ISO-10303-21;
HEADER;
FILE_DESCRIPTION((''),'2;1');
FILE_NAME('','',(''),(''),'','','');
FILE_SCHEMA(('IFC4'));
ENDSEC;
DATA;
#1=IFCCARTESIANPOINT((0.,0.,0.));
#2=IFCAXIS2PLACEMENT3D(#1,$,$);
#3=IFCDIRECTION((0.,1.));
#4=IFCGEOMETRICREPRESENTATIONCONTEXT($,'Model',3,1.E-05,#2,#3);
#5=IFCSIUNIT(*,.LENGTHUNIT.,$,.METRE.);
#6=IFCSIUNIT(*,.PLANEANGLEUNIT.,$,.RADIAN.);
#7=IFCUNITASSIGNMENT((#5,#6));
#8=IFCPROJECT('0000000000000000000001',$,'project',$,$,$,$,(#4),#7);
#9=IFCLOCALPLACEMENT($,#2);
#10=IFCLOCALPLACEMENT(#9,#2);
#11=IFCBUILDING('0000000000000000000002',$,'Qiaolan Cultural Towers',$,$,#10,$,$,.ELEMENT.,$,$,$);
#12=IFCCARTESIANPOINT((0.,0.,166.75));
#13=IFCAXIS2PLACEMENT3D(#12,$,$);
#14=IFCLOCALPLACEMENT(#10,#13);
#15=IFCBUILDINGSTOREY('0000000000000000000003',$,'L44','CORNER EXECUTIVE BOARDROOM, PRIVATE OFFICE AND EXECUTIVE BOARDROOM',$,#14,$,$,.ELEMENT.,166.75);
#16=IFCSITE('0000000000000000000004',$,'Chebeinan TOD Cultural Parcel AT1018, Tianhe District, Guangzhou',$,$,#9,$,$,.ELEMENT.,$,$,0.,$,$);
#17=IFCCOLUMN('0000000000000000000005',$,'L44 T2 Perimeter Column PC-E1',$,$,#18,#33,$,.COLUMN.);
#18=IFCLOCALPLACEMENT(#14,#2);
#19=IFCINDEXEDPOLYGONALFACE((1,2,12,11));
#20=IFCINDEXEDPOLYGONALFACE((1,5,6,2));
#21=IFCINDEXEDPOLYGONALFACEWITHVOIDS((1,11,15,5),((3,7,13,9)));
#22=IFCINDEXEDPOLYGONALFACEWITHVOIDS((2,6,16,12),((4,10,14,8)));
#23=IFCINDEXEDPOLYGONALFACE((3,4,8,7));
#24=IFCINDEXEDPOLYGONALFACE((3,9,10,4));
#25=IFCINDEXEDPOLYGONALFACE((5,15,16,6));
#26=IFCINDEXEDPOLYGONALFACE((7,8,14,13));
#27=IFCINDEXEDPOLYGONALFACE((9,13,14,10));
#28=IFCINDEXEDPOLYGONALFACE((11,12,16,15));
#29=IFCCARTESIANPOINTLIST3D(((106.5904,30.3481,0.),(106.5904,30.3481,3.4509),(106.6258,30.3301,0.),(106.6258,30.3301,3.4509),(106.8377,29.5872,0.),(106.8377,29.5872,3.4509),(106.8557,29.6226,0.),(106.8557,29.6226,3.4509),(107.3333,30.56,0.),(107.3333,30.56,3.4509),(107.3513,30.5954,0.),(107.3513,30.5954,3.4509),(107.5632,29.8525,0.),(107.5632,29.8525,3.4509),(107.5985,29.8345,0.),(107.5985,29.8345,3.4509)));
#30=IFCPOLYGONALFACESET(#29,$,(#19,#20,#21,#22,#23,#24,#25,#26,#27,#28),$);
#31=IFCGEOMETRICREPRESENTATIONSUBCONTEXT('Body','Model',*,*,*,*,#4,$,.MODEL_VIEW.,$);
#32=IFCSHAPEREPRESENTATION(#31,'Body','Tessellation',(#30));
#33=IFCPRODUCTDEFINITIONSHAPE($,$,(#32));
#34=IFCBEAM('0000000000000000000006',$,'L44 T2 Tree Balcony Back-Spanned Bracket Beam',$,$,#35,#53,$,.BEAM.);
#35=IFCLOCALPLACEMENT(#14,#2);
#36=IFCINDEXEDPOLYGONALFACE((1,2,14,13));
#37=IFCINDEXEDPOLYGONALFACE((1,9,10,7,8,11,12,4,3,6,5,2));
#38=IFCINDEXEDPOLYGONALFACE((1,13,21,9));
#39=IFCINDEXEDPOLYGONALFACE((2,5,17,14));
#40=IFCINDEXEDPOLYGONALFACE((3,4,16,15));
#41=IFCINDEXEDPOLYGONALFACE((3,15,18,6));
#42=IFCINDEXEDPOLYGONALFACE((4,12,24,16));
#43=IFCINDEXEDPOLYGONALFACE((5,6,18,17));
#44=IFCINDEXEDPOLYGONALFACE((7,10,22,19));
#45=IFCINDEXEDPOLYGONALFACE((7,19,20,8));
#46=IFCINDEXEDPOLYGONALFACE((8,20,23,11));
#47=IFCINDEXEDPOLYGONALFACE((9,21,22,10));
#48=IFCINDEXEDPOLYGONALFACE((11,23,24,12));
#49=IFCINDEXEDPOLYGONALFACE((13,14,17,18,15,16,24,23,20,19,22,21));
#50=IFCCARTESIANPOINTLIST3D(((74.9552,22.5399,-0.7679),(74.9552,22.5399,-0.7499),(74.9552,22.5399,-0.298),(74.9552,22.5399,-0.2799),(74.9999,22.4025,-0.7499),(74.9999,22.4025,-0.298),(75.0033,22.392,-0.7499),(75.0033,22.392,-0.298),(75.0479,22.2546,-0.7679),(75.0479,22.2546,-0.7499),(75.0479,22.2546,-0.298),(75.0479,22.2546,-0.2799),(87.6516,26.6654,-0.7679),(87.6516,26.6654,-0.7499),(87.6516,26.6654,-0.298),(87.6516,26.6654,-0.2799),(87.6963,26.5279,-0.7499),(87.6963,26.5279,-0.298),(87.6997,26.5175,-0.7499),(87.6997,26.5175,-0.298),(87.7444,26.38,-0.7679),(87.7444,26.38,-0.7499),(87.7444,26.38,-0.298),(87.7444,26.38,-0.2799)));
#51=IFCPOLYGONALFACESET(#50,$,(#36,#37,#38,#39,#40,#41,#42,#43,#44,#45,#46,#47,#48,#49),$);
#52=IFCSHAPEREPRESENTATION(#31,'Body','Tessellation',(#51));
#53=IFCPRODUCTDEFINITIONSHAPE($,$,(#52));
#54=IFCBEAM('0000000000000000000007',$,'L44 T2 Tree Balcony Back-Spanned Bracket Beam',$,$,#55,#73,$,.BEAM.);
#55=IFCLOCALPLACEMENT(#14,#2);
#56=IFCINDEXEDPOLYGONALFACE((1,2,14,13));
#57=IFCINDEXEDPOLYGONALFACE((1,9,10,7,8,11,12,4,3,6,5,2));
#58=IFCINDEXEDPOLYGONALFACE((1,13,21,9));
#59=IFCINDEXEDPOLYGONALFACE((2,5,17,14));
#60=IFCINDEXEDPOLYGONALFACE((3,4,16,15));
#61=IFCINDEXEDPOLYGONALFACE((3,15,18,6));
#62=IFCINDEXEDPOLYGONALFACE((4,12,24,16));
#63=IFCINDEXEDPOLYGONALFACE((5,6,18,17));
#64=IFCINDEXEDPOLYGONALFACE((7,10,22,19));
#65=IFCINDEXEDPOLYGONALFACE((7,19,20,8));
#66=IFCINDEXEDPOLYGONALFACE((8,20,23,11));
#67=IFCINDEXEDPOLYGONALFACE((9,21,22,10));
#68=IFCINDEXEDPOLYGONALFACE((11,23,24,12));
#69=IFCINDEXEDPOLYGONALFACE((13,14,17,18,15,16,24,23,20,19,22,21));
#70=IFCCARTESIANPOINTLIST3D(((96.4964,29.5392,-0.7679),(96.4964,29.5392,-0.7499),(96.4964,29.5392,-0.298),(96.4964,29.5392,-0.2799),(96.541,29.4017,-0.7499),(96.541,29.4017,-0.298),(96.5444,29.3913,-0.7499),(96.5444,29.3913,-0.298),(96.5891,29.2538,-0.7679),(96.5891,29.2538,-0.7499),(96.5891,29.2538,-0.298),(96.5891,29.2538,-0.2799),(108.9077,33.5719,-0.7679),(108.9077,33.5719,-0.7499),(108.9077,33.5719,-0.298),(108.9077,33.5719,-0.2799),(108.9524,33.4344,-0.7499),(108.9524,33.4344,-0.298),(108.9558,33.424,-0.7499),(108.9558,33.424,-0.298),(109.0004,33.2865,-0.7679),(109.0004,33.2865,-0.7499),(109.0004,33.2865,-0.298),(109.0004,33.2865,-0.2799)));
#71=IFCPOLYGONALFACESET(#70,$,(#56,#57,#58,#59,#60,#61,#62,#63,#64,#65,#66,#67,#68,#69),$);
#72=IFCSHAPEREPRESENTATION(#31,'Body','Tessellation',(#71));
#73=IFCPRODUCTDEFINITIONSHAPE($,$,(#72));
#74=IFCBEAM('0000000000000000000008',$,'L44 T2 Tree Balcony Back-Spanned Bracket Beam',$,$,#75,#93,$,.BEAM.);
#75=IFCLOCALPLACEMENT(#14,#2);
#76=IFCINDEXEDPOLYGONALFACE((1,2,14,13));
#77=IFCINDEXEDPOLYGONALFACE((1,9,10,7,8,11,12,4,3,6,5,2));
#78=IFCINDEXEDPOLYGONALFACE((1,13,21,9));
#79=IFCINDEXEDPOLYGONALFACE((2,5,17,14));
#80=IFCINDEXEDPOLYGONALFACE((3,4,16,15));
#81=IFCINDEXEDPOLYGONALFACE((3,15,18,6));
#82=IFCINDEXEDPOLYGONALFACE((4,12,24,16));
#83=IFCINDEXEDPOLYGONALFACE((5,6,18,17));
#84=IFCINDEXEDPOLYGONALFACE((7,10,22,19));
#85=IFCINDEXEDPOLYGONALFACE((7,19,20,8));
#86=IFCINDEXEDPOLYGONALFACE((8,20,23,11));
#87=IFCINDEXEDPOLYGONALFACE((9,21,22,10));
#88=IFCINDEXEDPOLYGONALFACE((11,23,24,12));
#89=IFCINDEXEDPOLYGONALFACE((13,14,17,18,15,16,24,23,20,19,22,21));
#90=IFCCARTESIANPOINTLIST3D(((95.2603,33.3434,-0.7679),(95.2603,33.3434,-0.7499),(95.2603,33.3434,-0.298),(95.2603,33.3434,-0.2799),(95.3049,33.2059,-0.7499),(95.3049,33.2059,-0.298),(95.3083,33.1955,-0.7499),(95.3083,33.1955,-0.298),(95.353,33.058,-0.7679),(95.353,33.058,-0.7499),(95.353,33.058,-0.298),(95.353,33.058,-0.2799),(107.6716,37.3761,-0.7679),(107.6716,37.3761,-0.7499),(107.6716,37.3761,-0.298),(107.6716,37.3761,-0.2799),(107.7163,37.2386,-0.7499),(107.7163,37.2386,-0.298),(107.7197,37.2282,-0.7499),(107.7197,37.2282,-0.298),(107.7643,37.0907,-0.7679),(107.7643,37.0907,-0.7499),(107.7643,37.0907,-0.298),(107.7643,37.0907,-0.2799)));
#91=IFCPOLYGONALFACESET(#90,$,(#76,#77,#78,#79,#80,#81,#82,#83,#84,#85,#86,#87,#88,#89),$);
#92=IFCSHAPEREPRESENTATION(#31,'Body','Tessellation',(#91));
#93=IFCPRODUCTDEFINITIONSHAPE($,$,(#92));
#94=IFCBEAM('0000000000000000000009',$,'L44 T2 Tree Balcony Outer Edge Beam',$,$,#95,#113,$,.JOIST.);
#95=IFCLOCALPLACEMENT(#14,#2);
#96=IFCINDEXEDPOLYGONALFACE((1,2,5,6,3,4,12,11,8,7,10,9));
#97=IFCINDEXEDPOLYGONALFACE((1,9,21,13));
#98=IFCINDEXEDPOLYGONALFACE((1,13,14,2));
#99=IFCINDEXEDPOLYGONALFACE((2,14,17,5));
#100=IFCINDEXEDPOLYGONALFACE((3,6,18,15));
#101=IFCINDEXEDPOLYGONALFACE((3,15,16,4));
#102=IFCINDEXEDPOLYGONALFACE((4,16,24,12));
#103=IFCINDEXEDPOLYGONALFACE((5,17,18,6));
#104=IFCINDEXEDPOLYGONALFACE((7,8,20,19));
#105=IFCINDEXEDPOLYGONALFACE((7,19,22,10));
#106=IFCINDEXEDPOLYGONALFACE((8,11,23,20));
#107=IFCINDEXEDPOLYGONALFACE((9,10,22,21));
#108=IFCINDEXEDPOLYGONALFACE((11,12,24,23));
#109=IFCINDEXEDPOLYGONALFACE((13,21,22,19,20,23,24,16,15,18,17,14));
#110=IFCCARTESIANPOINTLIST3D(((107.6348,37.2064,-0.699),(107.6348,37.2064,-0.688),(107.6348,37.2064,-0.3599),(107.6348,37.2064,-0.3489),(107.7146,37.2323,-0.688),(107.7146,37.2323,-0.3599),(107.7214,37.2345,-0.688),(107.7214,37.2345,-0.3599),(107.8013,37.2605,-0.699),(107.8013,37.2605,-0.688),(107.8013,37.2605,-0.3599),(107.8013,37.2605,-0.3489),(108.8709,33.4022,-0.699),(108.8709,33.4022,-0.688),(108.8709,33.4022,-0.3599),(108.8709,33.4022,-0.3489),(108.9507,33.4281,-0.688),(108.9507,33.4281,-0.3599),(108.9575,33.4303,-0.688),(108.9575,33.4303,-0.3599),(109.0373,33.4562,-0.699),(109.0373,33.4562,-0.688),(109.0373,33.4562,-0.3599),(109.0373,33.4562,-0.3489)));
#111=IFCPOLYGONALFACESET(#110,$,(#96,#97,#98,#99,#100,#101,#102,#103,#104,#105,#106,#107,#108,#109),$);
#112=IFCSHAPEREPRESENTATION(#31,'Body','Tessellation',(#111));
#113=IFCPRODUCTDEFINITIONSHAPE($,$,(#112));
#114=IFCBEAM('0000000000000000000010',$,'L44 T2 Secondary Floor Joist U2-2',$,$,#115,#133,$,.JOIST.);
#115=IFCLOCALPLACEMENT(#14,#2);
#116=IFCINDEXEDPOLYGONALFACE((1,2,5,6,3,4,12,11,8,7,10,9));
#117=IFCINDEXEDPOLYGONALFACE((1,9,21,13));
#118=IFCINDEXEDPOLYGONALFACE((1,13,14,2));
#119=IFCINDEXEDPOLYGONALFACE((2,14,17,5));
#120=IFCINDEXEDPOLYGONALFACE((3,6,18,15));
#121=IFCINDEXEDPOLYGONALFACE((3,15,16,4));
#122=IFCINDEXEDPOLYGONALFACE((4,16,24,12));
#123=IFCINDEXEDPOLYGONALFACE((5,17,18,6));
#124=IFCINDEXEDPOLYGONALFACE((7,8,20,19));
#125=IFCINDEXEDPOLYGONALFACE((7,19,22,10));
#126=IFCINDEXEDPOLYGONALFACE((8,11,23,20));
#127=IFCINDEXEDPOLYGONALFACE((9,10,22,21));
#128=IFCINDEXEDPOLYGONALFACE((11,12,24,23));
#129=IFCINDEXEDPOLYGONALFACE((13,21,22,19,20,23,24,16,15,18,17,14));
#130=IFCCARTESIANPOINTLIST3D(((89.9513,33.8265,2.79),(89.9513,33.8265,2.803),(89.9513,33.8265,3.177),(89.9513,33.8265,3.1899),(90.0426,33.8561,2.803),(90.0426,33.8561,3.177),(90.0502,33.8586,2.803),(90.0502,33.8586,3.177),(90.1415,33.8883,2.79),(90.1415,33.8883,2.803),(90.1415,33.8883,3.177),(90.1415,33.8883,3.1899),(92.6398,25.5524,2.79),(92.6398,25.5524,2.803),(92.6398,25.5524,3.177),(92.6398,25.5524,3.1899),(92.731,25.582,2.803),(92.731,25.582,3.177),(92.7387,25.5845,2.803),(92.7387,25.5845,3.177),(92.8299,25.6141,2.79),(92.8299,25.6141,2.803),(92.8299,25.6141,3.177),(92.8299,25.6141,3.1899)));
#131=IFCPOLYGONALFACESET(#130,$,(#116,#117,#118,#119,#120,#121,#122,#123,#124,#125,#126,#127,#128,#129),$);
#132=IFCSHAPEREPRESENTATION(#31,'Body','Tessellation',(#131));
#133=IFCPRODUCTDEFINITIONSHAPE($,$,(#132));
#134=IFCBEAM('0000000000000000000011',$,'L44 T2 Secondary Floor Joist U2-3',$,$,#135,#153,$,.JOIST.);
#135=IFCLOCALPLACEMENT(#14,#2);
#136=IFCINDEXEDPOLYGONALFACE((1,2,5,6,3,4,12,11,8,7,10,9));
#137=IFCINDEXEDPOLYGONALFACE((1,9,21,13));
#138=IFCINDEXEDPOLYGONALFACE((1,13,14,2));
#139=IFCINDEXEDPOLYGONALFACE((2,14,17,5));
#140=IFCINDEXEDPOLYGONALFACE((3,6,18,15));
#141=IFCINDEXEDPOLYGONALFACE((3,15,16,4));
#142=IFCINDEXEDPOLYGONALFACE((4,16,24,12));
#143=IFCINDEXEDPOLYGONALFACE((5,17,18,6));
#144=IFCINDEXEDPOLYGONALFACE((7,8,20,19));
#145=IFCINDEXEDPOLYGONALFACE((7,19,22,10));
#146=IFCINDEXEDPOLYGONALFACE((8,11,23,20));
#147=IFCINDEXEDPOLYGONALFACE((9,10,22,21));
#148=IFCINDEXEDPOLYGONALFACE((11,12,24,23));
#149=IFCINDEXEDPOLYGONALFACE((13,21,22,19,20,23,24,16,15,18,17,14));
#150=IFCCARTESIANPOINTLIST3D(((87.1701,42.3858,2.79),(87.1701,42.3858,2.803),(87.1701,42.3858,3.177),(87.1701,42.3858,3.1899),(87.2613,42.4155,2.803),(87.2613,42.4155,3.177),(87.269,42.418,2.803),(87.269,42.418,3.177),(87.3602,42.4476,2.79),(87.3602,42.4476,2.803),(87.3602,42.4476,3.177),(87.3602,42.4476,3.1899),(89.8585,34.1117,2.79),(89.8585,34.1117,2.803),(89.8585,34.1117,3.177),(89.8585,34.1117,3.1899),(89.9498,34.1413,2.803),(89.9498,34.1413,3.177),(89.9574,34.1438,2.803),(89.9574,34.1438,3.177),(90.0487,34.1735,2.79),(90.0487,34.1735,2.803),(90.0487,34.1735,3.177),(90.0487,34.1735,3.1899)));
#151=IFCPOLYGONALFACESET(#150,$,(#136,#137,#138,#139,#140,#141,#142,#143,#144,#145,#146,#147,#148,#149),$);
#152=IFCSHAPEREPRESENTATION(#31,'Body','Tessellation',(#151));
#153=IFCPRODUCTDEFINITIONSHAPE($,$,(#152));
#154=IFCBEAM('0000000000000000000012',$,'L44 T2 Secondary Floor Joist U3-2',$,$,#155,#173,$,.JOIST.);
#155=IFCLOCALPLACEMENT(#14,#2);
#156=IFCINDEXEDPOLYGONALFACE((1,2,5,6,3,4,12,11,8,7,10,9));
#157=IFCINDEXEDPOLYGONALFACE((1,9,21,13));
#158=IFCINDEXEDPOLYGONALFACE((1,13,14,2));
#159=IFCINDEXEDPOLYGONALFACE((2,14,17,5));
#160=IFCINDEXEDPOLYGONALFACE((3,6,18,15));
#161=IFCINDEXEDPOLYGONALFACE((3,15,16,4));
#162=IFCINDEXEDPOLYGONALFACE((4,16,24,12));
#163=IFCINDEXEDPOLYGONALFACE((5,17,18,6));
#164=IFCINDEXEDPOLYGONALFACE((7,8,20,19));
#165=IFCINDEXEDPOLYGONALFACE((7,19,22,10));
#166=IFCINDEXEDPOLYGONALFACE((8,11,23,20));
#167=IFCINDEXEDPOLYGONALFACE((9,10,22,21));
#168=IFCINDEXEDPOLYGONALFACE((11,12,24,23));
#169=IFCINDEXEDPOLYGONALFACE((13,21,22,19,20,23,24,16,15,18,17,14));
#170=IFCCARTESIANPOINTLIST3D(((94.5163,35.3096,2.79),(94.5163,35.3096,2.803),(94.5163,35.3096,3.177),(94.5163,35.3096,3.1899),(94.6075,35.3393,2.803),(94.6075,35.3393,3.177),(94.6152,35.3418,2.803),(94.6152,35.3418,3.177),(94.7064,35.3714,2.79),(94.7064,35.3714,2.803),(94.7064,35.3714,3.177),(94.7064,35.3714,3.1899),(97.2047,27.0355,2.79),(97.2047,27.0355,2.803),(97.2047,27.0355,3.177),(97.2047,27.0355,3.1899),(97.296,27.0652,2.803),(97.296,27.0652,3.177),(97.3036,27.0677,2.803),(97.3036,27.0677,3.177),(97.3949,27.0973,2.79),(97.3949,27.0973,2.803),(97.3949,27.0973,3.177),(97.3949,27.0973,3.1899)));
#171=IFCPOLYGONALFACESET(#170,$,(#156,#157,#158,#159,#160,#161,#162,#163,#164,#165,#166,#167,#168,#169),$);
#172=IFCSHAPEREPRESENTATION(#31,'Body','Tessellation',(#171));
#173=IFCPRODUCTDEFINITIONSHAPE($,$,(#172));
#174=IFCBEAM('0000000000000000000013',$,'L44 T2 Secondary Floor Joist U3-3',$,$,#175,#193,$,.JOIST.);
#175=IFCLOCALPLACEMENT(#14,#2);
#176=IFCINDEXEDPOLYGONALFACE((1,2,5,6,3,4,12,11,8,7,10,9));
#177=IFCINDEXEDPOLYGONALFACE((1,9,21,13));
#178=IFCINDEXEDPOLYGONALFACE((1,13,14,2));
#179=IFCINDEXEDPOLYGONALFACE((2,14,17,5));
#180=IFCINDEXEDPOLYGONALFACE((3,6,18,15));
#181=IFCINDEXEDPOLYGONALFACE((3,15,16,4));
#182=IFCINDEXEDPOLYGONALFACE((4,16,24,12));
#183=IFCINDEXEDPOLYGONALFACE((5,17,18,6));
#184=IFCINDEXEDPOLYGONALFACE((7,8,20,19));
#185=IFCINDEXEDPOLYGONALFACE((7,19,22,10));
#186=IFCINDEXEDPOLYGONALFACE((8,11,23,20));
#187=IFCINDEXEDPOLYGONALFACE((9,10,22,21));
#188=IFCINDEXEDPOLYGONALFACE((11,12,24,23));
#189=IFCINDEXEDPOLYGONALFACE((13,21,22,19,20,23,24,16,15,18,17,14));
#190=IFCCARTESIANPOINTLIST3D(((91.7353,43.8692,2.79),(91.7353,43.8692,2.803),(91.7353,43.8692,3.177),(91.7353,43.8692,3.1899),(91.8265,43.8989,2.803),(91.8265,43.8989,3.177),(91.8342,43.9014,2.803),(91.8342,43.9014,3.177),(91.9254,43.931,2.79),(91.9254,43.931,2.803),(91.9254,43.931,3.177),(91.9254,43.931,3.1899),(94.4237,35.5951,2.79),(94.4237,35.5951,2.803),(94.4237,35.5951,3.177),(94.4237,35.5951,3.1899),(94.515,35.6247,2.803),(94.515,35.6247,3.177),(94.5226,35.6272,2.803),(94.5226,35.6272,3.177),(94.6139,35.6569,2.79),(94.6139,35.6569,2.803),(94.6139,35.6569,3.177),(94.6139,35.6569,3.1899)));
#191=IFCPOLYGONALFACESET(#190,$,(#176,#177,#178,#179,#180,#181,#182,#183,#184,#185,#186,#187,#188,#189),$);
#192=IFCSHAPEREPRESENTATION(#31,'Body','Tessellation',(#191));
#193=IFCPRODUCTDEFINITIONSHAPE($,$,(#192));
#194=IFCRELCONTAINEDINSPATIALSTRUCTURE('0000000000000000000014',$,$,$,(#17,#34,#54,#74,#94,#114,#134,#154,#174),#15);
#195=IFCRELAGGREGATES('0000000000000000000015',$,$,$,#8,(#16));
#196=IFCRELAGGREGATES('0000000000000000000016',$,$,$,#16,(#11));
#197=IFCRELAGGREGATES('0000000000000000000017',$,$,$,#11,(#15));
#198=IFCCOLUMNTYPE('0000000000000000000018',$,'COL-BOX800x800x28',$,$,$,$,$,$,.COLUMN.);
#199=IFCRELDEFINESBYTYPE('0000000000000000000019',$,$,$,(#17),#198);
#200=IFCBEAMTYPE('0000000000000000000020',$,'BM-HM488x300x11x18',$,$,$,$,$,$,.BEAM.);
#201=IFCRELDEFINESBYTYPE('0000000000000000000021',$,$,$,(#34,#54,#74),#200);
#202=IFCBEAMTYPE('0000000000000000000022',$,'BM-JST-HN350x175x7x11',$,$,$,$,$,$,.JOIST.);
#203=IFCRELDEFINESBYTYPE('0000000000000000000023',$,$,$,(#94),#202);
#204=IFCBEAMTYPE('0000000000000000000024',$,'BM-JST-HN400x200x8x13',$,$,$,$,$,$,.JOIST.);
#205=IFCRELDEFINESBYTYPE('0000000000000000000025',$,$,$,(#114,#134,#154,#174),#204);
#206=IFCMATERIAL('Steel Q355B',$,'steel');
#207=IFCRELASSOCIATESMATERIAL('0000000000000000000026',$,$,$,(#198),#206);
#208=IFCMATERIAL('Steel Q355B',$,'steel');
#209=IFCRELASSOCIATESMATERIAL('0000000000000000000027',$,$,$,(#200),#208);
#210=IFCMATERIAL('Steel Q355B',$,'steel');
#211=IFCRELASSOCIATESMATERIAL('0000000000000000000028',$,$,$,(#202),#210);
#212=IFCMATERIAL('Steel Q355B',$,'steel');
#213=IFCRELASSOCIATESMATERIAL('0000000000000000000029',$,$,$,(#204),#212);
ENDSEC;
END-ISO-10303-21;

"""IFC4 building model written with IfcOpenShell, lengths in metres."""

from ifc_helpers import new_model, si_unit, direction, frame, origin, origin_2d, place, context, subcontext, project, spatial, hollow_rectangle, i_section, extrude, material, material_profile, profile_set, type_object, element, save


model = new_model("IFC4")

# Units and contexts
model_context = context("Model", 3, precision=1e-05, world=origin(), true_north=direction((0.0, 1.0)))
body_context = subcontext(model_context, "Body", "Model", "MODEL_VIEW")
ifc_project = project(units=[si_unit("LENGTHUNIT", "METRE"), si_unit("PLANEANGLEUNIT", "RADIAN")], contexts=[model_context])

# Site, building, storey
site_placement = place(None, origin())
site = spatial("IfcSite", under=ifc_project, at=site_placement, Name="Chebeinan TOD Cultural Parcel AT1018, Tianhe District, Guangzhou", CompositionType="ELEMENT", RefElevation=0.0)
building_placement = place(site_placement, origin())
building = spatial("IfcBuilding", under=site, at=building_placement, Name="Qiaolan Cultural Towers", CompositionType="ELEMENT")
storey_placement = place(building_placement, frame((0.0, 0.0, 166.75)))
storey = spatial("IfcBuildingStorey", under=building, at=storey_placement, Name="L44", Description="CORNER EXECUTIVE BOARDROOM, PRIVATE OFFICE AND EXECUTIVE BOARDROOM", CompositionType="ELEMENT", Elevation=166.75)

# Column
ifc_material_1 = material(Name="Steel Q355B", Category="steel")
ifc_material_profile_1 = material_profile(ifc_material_1, hollow_rectangle(XDim=0.8, YDim=0.8, WallThickness=0.0281, at=origin_2d()), Name="BOX800x800x28")
ifc_profile_set_1 = profile_set([ifc_material_profile_1], Name="Steel Q355B")
column_type = type_object("IfcColumnType", Name="COL-BOX800x800x28", PredefinedType="COLUMN", material=ifc_profile_set_1)
column_placement = place(storey_placement, frame((107.0945, 30.0913, 0.0), z_axis=(0.0, 0.0, 1.0), x_axis=(0.951057, 0.309017, 0.0)))
element("IfcColumn", 1, at=column_placement, inside=storey, type_object=column_type, Name="L44 T2 Perimeter Column PC-E1", PredefinedType="COLUMN", context=body_context, shape_type="SweptSolid", body=[
    extrude(hollow_rectangle(XDim=0.8, YDim=0.8, WallThickness=0.0281, at=origin_2d()), origin(), (0.0, 0.0, 1.0), 3.4509),
])

# Beams
ifc_material_2 = material(Name="Steel Q355B", Category="steel")
ifc_material_profile_2 = material_profile(ifc_material_2, i_section(OverallWidth=0.3, OverallDepth=0.488, WebThickness=0.011, FlangeThickness=0.0181, at=origin_2d()), Name="HM488x300x11x18")
ifc_profile_set_2 = profile_set([ifc_material_profile_2], Name="Steel Q355B")
beam_type_1 = type_object("IfcBeamType", Name="BM-HM488x300x11x18", PredefinedType="BEAM", material=ifc_profile_set_2)
beam_1_placement = place(storey_placement, frame((87.698, 26.5227, -0.5239), z_axis=(-0.951054, -0.309026, 0.0), x_axis=(0.309026, -0.951054, 0.0)))
element("IfcBeam", 2, at=beam_1_placement, inside=storey, type_object=beam_type_1, Name="L44 T2 Tree Balcony Back-Spanned Bracket Beam", PredefinedType="BEAM", context=body_context, shape_type="SweptSolid", body=[
    extrude(i_section(OverallWidth=0.3, OverallDepth=0.488, WebThickness=0.011, FlangeThickness=0.0181, at=origin_2d()), origin(), (0.0, 0.0, 1.0), 13.3499),
])
for number, where, z_axis, x_axis, name in (
    (3, (96.5427, 29.3965, -0.5239), (0.951056, 0.309018, 0.0), (-0.309018, 0.951056, 0.0), "L44 T2 Tree Balcony Back-Spanned Bracket Beam"),
    (4, (95.3066, 33.2007, -0.5239), (0.951056, 0.309018, 0.0), (-0.309018, 0.951056, 0.0), "L44 T2 Tree Balcony Back-Spanned Bracket Beam"),
):
    element("IfcBeam", number, at=place(storey_placement, frame(where, z_axis=z_axis, x_axis=x_axis)), inside=storey, type_object=beam_type_1, Name=name, PredefinedType="BEAM", context=body_context, shape_type="SweptSolid", body=[
        extrude(i_section(OverallWidth=0.3, OverallDepth=0.488, WebThickness=0.011, FlangeThickness=0.0181, at=origin_2d()), origin(), (0.0, 0.0, 1.0), 13.05),
    ])
ifc_material_3 = material(Name="Steel Q355B", Category="steel")
ifc_material_profile_3 = material_profile(ifc_material_3, i_section(OverallWidth=0.175, OverallDepth=0.3501, WebThickness=0.0071, FlangeThickness=0.011, at=origin_2d()), Name="HN350x175x7x11")
ifc_profile_set_3 = profile_set([ifc_material_profile_3], Name="Steel Q355B")
beam_type_2 = type_object("IfcBeamType", Name="BM-JST-HN350x175x7x11", PredefinedType="JOIST", material=ifc_profile_set_3)
beam_2_placement = place(storey_placement, frame((108.9541, 33.4292, -0.5239), z_axis=(-0.309023, 0.951055, 0.0), x_axis=(-0.951055, -0.309023, 0.0)))
element("IfcBeam", 5, at=beam_2_placement, inside=storey, type_object=beam_type_2, Name="L44 T2 Tree Balcony Outer Edge Beam", PredefinedType="JOIST", context=body_context, shape_type="SweptSolid", body=[
    extrude(i_section(OverallWidth=0.175, OverallDepth=0.3501, WebThickness=0.0071, FlangeThickness=0.011, at=origin_2d()), origin(), (0.0, 0.0, 1.0), 4.0),
])
ifc_material_4 = material(Name="Steel Q355B", Category="steel")
ifc_material_profile_4 = material_profile(ifc_material_4, i_section(OverallWidth=0.2, OverallDepth=0.3999, WebThickness=0.0081, FlangeThickness=0.0129, at=origin_2d()), Name="HN400x200x8x13")
ifc_profile_set_4 = profile_set([ifc_material_profile_4], Name="Steel Q355B")
beam_type_3 = type_object("IfcBeamType", Name="BM-JST-HN400x200x8x13", PredefinedType="JOIST", material=ifc_profile_set_4)
for number, where, z_axis, x_axis, name in (
    (6, (92.7349, 25.5833, 2.99), (-0.309021, 0.951055, 0.0), (-0.951055, -0.309021, 0.0), "L44 T2 Secondary Floor Joist U2-2"),
    (7, (89.9536, 34.1426, 2.99), (-0.309021, 0.951055, 0.0), (-0.951055, -0.309021, 0.0), "L44 T2 Secondary Floor Joist U2-3"),
    (8, (97.2998, 27.0664, 2.99), (-0.309021, 0.951055, 0.0), (-0.951055, -0.309021, 0.0), "L44 T2 Secondary Floor Joist U3-2"),
    (9, (94.5188, 35.626, 2.99), (-0.309021, 0.951055, 0.0), (-0.951055, -0.309021, 0.0), "L44 T2 Secondary Floor Joist U3-3"),
):
    element("IfcBeam", number, at=place(storey_placement, frame(where, z_axis=z_axis, x_axis=x_axis)), inside=storey, type_object=beam_type_3, Name=name, PredefinedType="JOIST", context=body_context, shape_type="SweptSolid", body=[
        extrude(i_section(OverallWidth=0.2, OverallDepth=0.3999, WebThickness=0.0081, FlangeThickness=0.0129, at=origin_2d()), origin(), (0.0, 0.0, 1.0), 8.7),
    ])

save(model, "model.ifc")
